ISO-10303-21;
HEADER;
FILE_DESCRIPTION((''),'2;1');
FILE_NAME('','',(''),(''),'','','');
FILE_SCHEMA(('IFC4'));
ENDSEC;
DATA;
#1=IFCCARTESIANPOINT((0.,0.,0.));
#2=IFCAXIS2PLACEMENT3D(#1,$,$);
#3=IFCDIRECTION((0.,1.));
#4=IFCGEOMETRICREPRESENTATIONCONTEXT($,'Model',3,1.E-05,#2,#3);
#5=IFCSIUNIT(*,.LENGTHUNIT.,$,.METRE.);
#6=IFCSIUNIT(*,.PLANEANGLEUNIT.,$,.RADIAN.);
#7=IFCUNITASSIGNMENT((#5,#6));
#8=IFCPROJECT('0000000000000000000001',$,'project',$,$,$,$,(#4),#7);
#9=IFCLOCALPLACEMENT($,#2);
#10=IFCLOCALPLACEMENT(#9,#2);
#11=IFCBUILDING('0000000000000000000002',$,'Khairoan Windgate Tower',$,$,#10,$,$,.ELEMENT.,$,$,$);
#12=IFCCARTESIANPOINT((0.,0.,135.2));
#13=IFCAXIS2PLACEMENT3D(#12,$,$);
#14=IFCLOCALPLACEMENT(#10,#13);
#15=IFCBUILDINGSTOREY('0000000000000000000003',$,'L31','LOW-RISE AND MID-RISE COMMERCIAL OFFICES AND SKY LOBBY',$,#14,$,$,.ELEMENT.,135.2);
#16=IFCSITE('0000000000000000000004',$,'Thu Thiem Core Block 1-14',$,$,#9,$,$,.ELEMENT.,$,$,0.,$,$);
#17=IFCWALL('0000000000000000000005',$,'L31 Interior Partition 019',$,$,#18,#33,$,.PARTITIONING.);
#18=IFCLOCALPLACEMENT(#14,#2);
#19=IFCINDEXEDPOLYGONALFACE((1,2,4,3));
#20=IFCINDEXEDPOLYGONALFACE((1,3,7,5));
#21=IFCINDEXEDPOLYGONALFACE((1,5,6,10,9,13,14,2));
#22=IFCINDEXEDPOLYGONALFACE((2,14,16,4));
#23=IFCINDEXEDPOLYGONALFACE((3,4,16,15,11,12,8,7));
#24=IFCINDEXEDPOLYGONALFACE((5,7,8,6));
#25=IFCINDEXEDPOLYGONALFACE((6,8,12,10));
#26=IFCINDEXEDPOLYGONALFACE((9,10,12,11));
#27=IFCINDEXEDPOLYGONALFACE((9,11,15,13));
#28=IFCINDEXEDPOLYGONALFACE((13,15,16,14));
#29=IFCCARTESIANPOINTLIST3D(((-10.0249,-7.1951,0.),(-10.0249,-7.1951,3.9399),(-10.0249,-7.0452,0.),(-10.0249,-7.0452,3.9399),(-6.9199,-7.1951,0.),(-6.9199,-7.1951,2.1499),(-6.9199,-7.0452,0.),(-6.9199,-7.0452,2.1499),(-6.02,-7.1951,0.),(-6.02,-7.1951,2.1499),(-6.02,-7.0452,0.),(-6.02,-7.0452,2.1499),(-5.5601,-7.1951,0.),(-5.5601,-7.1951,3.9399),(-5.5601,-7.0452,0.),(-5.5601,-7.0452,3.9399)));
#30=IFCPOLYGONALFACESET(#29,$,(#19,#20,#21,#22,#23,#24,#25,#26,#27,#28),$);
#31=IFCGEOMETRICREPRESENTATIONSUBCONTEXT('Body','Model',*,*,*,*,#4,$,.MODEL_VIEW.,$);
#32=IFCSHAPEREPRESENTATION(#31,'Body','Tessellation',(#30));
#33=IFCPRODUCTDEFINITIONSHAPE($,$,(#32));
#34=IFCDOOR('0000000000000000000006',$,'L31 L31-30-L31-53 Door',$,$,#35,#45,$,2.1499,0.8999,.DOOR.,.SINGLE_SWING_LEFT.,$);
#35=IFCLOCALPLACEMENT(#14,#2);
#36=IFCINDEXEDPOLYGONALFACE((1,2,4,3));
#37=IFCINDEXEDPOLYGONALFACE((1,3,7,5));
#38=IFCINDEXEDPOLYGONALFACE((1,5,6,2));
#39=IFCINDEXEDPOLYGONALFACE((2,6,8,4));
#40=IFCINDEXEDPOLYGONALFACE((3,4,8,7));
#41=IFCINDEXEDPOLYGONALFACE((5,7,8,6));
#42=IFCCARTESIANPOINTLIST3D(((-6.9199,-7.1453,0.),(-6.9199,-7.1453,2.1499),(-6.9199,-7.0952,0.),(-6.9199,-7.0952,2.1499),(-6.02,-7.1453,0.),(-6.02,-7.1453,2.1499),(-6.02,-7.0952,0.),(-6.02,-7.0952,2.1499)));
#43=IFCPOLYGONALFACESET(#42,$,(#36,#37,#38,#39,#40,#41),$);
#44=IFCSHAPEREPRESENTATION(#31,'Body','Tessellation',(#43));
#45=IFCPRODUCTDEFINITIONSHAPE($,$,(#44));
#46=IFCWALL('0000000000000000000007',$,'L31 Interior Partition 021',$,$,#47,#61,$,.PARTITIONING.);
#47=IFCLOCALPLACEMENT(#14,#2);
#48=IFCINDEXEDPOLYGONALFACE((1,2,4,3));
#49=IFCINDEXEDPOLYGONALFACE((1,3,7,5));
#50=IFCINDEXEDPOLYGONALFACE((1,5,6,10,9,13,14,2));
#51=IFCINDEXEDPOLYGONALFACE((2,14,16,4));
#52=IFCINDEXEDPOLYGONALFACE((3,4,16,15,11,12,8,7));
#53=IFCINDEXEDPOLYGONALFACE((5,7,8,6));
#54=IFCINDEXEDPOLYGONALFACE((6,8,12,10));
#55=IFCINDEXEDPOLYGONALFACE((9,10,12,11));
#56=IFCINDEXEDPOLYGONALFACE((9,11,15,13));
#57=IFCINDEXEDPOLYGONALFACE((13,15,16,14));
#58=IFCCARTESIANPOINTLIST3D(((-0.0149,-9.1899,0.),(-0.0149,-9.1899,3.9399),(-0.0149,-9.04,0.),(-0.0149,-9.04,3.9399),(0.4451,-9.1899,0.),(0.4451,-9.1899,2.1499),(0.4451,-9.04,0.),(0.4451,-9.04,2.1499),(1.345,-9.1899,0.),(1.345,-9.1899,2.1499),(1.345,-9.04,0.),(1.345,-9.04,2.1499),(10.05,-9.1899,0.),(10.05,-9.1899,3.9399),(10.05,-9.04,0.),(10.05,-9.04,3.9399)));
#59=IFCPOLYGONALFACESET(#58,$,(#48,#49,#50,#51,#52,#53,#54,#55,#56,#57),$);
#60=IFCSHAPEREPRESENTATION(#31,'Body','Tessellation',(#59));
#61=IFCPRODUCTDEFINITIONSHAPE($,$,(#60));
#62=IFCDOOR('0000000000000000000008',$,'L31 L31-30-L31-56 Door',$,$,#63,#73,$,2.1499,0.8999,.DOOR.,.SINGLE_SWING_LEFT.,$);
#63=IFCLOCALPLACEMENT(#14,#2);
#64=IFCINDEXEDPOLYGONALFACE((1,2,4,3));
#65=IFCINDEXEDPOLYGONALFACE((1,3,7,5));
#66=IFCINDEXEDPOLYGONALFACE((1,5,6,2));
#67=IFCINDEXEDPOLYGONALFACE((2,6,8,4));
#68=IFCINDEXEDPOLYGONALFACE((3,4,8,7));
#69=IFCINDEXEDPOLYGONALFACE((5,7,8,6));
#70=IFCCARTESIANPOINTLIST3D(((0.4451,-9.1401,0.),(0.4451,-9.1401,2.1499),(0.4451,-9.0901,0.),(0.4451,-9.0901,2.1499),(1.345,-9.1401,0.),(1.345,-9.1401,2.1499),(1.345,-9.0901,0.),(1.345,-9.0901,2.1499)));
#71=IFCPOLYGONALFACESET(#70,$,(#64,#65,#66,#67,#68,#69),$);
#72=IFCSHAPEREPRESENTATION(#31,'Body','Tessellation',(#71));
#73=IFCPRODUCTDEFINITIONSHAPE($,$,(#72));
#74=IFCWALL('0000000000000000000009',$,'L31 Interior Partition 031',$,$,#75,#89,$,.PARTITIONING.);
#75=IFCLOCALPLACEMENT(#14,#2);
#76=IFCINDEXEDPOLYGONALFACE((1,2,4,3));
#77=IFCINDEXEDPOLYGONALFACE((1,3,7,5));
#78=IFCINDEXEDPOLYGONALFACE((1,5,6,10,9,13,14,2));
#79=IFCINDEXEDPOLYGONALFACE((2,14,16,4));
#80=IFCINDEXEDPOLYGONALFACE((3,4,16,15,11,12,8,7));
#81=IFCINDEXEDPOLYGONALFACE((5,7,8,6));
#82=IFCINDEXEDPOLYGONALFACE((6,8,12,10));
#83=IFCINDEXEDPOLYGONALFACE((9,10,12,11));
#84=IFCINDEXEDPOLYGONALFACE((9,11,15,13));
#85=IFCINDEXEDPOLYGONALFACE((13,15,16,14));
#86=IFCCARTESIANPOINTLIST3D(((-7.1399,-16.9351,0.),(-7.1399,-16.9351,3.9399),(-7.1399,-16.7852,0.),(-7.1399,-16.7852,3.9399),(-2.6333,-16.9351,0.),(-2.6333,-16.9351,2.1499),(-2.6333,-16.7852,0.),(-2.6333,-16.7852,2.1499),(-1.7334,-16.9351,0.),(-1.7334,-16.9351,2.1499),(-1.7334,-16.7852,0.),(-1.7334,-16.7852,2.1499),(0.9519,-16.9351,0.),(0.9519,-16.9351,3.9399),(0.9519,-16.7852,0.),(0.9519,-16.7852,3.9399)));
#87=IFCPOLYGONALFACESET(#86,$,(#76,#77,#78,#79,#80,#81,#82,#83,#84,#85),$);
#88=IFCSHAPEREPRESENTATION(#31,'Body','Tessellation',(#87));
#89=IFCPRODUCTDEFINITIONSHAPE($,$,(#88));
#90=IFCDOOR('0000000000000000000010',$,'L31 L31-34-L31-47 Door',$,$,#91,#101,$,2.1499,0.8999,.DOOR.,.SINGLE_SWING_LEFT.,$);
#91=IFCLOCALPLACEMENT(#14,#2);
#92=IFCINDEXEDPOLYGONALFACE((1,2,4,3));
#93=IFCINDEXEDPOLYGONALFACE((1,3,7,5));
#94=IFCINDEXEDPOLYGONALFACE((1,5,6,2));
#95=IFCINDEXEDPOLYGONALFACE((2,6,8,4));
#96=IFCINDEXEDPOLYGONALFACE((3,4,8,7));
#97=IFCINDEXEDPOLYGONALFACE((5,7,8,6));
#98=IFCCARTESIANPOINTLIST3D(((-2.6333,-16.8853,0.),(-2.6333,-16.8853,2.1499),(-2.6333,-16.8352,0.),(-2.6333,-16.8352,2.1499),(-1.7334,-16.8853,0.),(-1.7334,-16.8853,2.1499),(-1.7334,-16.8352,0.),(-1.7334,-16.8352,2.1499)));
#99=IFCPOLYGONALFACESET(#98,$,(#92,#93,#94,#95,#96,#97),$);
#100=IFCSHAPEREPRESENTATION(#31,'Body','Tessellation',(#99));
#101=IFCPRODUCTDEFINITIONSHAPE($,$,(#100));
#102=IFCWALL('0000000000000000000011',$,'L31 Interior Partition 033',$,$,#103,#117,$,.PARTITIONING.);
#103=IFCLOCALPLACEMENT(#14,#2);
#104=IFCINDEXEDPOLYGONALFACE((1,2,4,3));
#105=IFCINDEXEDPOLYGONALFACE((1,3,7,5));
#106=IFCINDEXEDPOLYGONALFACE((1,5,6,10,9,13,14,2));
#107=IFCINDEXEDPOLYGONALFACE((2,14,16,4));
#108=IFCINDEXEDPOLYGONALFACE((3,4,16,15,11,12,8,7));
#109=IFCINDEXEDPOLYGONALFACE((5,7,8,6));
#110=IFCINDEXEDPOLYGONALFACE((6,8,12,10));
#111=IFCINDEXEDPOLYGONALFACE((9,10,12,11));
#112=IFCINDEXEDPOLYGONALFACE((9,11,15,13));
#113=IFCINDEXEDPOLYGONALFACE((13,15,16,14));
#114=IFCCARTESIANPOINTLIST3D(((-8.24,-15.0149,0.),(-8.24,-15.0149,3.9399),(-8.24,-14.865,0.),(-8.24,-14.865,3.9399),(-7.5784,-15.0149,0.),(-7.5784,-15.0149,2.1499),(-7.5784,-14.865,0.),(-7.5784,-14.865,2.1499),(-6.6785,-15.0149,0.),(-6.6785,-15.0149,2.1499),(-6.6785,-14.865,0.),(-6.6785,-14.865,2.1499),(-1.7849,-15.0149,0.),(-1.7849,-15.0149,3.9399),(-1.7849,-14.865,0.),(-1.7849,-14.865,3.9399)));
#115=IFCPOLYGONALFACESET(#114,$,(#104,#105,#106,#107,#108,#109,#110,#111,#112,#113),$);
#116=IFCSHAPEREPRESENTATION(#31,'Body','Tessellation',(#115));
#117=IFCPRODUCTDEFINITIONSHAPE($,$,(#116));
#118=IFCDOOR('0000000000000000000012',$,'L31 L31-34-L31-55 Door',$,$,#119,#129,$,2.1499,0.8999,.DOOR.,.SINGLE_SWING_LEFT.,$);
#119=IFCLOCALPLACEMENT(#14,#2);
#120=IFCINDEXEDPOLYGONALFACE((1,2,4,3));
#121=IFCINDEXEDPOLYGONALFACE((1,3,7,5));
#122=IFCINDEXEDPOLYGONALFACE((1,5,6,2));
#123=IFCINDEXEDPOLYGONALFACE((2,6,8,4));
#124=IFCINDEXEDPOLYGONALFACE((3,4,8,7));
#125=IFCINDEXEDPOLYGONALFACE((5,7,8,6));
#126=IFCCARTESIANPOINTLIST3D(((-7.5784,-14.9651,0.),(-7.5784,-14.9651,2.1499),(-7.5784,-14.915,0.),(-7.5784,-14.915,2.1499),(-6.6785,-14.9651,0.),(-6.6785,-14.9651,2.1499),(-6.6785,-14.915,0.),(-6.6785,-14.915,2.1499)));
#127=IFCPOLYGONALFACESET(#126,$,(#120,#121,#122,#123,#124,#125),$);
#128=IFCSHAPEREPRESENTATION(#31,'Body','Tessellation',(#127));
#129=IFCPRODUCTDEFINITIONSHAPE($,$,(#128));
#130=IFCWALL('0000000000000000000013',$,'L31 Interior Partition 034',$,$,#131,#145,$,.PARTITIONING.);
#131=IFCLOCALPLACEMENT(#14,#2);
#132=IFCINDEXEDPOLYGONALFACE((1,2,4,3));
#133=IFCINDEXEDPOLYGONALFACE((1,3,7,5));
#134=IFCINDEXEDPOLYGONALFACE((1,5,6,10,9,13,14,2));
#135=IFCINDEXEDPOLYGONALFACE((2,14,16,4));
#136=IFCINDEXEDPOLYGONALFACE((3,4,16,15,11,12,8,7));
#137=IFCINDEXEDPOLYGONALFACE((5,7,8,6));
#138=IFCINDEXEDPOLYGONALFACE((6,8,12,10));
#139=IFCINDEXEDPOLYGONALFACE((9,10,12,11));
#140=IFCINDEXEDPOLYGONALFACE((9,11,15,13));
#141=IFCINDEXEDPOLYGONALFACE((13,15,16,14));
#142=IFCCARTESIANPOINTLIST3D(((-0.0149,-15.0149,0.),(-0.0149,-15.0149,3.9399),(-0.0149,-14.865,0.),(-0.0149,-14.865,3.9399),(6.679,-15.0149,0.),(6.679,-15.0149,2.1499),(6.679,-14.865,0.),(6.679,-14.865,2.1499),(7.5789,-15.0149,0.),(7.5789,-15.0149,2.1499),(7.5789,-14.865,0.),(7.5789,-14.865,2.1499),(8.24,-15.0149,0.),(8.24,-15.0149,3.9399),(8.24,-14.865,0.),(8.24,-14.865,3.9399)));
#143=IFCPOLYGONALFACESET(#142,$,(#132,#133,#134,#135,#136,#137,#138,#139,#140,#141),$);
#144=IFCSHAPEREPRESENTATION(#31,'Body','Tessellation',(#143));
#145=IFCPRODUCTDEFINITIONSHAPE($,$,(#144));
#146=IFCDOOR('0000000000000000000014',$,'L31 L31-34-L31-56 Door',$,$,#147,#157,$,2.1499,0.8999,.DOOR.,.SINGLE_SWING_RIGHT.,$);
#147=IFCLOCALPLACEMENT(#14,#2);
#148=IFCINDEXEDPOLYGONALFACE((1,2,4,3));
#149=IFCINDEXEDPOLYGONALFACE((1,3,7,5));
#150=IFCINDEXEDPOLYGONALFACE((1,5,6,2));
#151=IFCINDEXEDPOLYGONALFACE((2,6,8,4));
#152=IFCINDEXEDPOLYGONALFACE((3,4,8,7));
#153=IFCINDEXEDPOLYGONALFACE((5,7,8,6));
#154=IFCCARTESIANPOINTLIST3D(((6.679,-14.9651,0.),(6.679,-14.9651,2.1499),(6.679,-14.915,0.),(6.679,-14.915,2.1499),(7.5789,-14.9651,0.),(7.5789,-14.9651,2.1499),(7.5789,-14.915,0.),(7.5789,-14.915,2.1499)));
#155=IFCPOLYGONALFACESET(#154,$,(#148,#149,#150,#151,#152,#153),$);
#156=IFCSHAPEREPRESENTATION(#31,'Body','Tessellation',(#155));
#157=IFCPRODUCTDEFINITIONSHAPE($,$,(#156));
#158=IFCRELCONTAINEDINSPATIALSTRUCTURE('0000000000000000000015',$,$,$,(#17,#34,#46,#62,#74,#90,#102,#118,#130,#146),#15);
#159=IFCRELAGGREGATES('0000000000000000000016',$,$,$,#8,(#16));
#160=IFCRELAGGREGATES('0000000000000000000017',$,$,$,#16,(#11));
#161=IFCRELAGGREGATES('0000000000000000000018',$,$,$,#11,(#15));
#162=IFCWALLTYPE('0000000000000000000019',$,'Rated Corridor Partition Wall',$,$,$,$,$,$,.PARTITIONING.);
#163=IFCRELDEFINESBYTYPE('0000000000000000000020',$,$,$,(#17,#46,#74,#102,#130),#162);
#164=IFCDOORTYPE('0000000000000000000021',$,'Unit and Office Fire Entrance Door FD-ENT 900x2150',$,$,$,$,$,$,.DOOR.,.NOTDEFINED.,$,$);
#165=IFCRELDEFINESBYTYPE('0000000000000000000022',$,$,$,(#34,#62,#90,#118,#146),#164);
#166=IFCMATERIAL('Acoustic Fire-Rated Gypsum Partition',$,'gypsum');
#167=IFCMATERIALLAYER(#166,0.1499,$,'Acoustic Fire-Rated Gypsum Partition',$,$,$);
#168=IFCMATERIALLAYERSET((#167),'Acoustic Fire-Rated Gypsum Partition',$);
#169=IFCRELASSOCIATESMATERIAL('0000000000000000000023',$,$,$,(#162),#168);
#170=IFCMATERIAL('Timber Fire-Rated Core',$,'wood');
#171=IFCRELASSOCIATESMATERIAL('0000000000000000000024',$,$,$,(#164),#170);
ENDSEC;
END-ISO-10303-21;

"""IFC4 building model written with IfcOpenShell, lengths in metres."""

from ifc_helpers import new_model, si_unit, direction, frame, frame_2d, origin, place, context, subcontext, project, spatial, rectangle, extrude, material, layer, layer_set, type_object, element, fill, save


model = new_model("IFC4")

# Units and contexts
model_context = context("Model", 3, precision=1e-05, world=origin(), true_north=direction((0.0, 1.0)))
body_context = subcontext(model_context, "Body", "Model", "MODEL_VIEW")
ifc_project = project(units=[si_unit("LENGTHUNIT", "METRE"), si_unit("PLANEANGLEUNIT", "RADIAN")], contexts=[model_context])

# Site, building, storey
site_placement = place(None, origin())
site = spatial("IfcSite", under=ifc_project, at=site_placement, Name="Thu Thiem Core Block 1-14", CompositionType="ELEMENT", RefElevation=0.0)
building_placement = place(site_placement, origin())
building = spatial("IfcBuilding", under=site, at=building_placement, Name="Khairoan Windgate Tower", CompositionType="ELEMENT")
storey_placement = place(building_placement, frame((0.0, 0.0, 135.2)))
storey = spatial("IfcBuildingStorey", under=building, at=storey_placement, Name="L31", Description="LOW-RISE AND MID-RISE COMMERCIAL OFFICES AND SKY LOBBY", CompositionType="ELEMENT", Elevation=135.2)

# Walls, openings, doors
ifc_material_1 = material(Name="Acoustic Fire-Rated Gypsum Partition", Category="gypsum")
ifc_layer = layer(ifc_material_1, 0.1499, Name="Acoustic Fire-Rated Gypsum Partition")
ifc_layer_set = layer_set([ifc_layer], Name="Acoustic Fire-Rated Gypsum Partition")
wall_type = type_object("IfcWallType", Name="Rated Corridor Partition Wall", PredefinedType="PARTITIONING", material=ifc_layer_set)
wall_1_placement = place(storey_placement, frame((-10.0249, -7.1201, 0.0), z_axis=(0.0, 0.0, 1.0), x_axis=(1.0, 0.0, 0.0)))
wall_1 = element("IfcWall", 1, at=wall_1_placement, inside=storey, type_object=wall_type, Name="L31 Interior Partition 019", PredefinedType="PARTITIONING", context=body_context, shape_type="SweptSolid", body=[
    extrude(rectangle(XDim=4.4648, YDim=0.1499, at=frame_2d((2.2324, 0.0))), origin(), (0.0, 0.0, 1.0), 3.9399),
])
opening_1_placement = place(wall_1_placement, frame((3.105, 0.0, 0.0)))
opening_1 = element("IfcOpeningElement", 2, at=opening_1_placement, cuts=wall_1, PredefinedType="OPENING", context=body_context, shape_type="SweptSolid", body=[
    extrude(rectangle(XDim=0.8999, YDim=2.1499, at=frame_2d((0.45, 1.075))), frame((0.0, 0.085, 0.0), z_axis=(0.0, -1.0, 0.0), x_axis=(1.0, 0.0, 0.0)), (0.0, 0.0, 1.0), 0.1699),
])
ifc_material_2 = material(Name="Timber Fire-Rated Core", Category="wood")
door_type = type_object("IfcDoorType", Name="Unit and Office Fire Entrance Door FD-ENT 900x2150", OperationType="NOTDEFINED", PredefinedType="DOOR", material=ifc_material_2)
door_1_placement = place(opening_1_placement, origin())
door_1 = element("IfcDoor", 3, at=door_1_placement, inside=storey, type_object=door_type, Name="L31 L31-30-L31-53 Door", OperationType="SINGLE_SWING_LEFT", OverallHeight=2.1499, OverallWidth=0.8999, PredefinedType="DOOR", context=body_context, shape_type="SweptSolid", body=[
    extrude(rectangle(XDim=0.8999, YDim=2.1499, at=frame_2d((0.45, 1.075))), frame((0.0, 0.0249, 0.0), z_axis=(0.0, -1.0, 0.0), x_axis=(1.0, 0.0, 0.0)), (0.0, 0.0, 1.0), 0.05),
])
fill(opening_1, door_1)
wall_2_placement = place(storey_placement, frame((-0.0149, -9.115, 0.0), z_axis=(0.0, 0.0, 1.0), x_axis=(1.0, 0.0, 0.0)))
wall_2 = element("IfcWall", 4, at=wall_2_placement, inside=storey, type_object=wall_type, Name="L31 Interior Partition 021", PredefinedType="PARTITIONING", context=body_context, shape_type="SweptSolid", body=[
    extrude(rectangle(XDim=10.0649, YDim=0.1499, at=frame_2d((5.0325, 0.0))), origin(), (0.0, 0.0, 1.0), 3.9399),
])
opening_2_placement = place(wall_2_placement, frame((0.46, 0.0, 0.0)))
opening_2 = element("IfcOpeningElement", 5, at=opening_2_placement, cuts=wall_2, PredefinedType="OPENING", context=body_context, shape_type="SweptSolid", body=[
    extrude(rectangle(XDim=0.8999, YDim=2.1499, at=frame_2d((0.45, 1.075))), frame((0.0, 0.085, 0.0), z_axis=(0.0, -1.0, 0.0), x_axis=(1.0, 0.0, 0.0)), (0.0, 0.0, 1.0), 0.1699),
])
door_2_placement = place(opening_2_placement, origin())
door_2 = element("IfcDoor", 6, at=door_2_placement, inside=storey, type_object=door_type, Name="L31 L31-30-L31-56 Door", OperationType="SINGLE_SWING_LEFT", OverallHeight=2.1499, OverallWidth=0.8999, PredefinedType="DOOR", context=body_context, shape_type="SweptSolid", body=[
    extrude(rectangle(XDim=0.8999, YDim=2.1499, at=frame_2d((0.45, 1.075))), frame((0.0, 0.0249, 0.0), z_axis=(0.0, -1.0, 0.0), x_axis=(1.0, 0.0, 0.0)), (0.0, 0.0, 1.0), 0.05),
])
fill(opening_2, door_2)
wall_3_placement = place(storey_placement, frame((-7.1399, -16.8601, 0.0), z_axis=(0.0, 0.0, 1.0), x_axis=(1.0, 0.0, 0.0)))
wall_3 = element("IfcWall", 7, at=wall_3_placement, inside=storey, type_object=wall_type, Name="L31 Interior Partition 031", PredefinedType="PARTITIONING", context=body_context, shape_type="SweptSolid", body=[
    extrude(rectangle(XDim=8.0918, YDim=0.1499, at=frame_2d((4.0459, 0.0))), origin(), (0.0, 0.0, 1.0), 3.9399),
])
opening_3_placement = place(wall_3_placement, frame((4.5066, 0.0, 0.0)))
opening_3 = element("IfcOpeningElement", 8, at=opening_3_placement, cuts=wall_3, PredefinedType="OPENING", context=body_context, shape_type="SweptSolid", body=[
    extrude(rectangle(XDim=0.8999, YDim=2.1499, at=frame_2d((0.45, 1.075))), frame((0.0, 0.085, 0.0), z_axis=(0.0, -1.0, 0.0), x_axis=(1.0, 0.0, 0.0)), (0.0, 0.0, 1.0), 0.1699),
])
door_3_placement = place(opening_3_placement, origin())
door_3 = element("IfcDoor", 9, at=door_3_placement, inside=storey, type_object=door_type, Name="L31 L31-34-L31-47 Door", OperationType="SINGLE_SWING_LEFT", OverallHeight=2.1499, OverallWidth=0.8999, PredefinedType="DOOR", context=body_context, shape_type="SweptSolid", body=[
    extrude(rectangle(XDim=0.8999, YDim=2.1499, at=frame_2d((0.45, 1.075))), frame((0.0, 0.0249, 0.0), z_axis=(0.0, -1.0, 0.0), x_axis=(1.0, 0.0, 0.0)), (0.0, 0.0, 1.0), 0.05),
])
fill(opening_3, door_3)
wall_4_placement = place(storey_placement, frame((-8.24, -14.9399, 0.0), z_axis=(0.0, 0.0, 1.0), x_axis=(1.0, 0.0, 0.0)))
wall_4 = element("IfcWall", 10, at=wall_4_placement, inside=storey, type_object=wall_type, Name="L31 Interior Partition 033", PredefinedType="PARTITIONING", context=body_context, shape_type="SweptSolid", body=[
    extrude(rectangle(XDim=6.4551, YDim=0.1499, at=frame_2d((3.2275, 0.0))), origin(), (0.0, 0.0, 1.0), 3.9399),
])
opening_4_placement = place(wall_4_placement, frame((0.6616, 0.0, 0.0)))
opening_4 = element("IfcOpeningElement", 11, at=opening_4_placement, cuts=wall_4, PredefinedType="OPENING", context=body_context, shape_type="SweptSolid", body=[
    extrude(rectangle(XDim=0.8999, YDim=2.1499, at=frame_2d((0.45, 1.075))), frame((0.0, 0.085, 0.0), z_axis=(0.0, -1.0, 0.0), x_axis=(1.0, 0.0, 0.0)), (0.0, 0.0, 1.0), 0.1699),
])
door_4_placement = place(opening_4_placement, origin())
door_4 = element("IfcDoor", 12, at=door_4_placement, inside=storey, type_object=door_type, Name="L31 L31-34-L31-55 Door", OperationType="SINGLE_SWING_LEFT", OverallHeight=2.1499, OverallWidth=0.8999, PredefinedType="DOOR", context=body_context, shape_type="SweptSolid", body=[
    extrude(rectangle(XDim=0.8999, YDim=2.1499, at=frame_2d((0.45, 1.075))), frame((0.0, 0.0249, 0.0), z_axis=(0.0, -1.0, 0.0), x_axis=(1.0, 0.0, 0.0)), (0.0, 0.0, 1.0), 0.05),
])
fill(opening_4, door_4)
wall_5_placement = place(storey_placement, frame((-0.0149, -14.9399, 0.0), z_axis=(0.0, 0.0, 1.0), x_axis=(1.0, 0.0, 0.0)))
wall_5 = element("IfcWall", 13, at=wall_5_placement, inside=storey, type_object=wall_type, Name="L31 Interior Partition 034", PredefinedType="PARTITIONING", context=body_context, shape_type="SweptSolid", body=[
    extrude(rectangle(XDim=8.2549, YDim=0.1499, at=frame_2d((4.1274, 0.0))), origin(), (0.0, 0.0, 1.0), 3.9399),
])
opening_5_placement = place(wall_5_placement, frame((6.6938, 0.0, 0.0)))
opening_5 = element("IfcOpeningElement", 14, at=opening_5_placement, cuts=wall_5, PredefinedType="OPENING", context=body_context, shape_type="SweptSolid", body=[
    extrude(rectangle(XDim=0.8999, YDim=2.1499, at=frame_2d((0.45, 1.075))), frame((0.0, 0.085, 0.0), z_axis=(0.0, -1.0, 0.0), x_axis=(1.0, 0.0, 0.0)), (0.0, 0.0, 1.0), 0.1699),
])
door_5_placement = place(opening_5_placement, origin())
door_5 = element("IfcDoor", 15, at=door_5_placement, inside=storey, type_object=door_type, Name="L31 L31-34-L31-56 Door", OperationType="SINGLE_SWING_RIGHT", OverallHeight=2.1499, OverallWidth=0.8999, PredefinedType="DOOR", context=body_context, shape_type="SweptSolid", body=[
    extrude(rectangle(XDim=0.8999, YDim=2.1499, at=frame_2d((0.45, 1.075))), frame((0.0, 0.0249, 0.0), z_axis=(0.0, -1.0, 0.0), x_axis=(1.0, 0.0, 0.0)), (0.0, 0.0, 1.0), 0.05),
])
fill(opening_5, door_5)

save(model, "model.ifc")
